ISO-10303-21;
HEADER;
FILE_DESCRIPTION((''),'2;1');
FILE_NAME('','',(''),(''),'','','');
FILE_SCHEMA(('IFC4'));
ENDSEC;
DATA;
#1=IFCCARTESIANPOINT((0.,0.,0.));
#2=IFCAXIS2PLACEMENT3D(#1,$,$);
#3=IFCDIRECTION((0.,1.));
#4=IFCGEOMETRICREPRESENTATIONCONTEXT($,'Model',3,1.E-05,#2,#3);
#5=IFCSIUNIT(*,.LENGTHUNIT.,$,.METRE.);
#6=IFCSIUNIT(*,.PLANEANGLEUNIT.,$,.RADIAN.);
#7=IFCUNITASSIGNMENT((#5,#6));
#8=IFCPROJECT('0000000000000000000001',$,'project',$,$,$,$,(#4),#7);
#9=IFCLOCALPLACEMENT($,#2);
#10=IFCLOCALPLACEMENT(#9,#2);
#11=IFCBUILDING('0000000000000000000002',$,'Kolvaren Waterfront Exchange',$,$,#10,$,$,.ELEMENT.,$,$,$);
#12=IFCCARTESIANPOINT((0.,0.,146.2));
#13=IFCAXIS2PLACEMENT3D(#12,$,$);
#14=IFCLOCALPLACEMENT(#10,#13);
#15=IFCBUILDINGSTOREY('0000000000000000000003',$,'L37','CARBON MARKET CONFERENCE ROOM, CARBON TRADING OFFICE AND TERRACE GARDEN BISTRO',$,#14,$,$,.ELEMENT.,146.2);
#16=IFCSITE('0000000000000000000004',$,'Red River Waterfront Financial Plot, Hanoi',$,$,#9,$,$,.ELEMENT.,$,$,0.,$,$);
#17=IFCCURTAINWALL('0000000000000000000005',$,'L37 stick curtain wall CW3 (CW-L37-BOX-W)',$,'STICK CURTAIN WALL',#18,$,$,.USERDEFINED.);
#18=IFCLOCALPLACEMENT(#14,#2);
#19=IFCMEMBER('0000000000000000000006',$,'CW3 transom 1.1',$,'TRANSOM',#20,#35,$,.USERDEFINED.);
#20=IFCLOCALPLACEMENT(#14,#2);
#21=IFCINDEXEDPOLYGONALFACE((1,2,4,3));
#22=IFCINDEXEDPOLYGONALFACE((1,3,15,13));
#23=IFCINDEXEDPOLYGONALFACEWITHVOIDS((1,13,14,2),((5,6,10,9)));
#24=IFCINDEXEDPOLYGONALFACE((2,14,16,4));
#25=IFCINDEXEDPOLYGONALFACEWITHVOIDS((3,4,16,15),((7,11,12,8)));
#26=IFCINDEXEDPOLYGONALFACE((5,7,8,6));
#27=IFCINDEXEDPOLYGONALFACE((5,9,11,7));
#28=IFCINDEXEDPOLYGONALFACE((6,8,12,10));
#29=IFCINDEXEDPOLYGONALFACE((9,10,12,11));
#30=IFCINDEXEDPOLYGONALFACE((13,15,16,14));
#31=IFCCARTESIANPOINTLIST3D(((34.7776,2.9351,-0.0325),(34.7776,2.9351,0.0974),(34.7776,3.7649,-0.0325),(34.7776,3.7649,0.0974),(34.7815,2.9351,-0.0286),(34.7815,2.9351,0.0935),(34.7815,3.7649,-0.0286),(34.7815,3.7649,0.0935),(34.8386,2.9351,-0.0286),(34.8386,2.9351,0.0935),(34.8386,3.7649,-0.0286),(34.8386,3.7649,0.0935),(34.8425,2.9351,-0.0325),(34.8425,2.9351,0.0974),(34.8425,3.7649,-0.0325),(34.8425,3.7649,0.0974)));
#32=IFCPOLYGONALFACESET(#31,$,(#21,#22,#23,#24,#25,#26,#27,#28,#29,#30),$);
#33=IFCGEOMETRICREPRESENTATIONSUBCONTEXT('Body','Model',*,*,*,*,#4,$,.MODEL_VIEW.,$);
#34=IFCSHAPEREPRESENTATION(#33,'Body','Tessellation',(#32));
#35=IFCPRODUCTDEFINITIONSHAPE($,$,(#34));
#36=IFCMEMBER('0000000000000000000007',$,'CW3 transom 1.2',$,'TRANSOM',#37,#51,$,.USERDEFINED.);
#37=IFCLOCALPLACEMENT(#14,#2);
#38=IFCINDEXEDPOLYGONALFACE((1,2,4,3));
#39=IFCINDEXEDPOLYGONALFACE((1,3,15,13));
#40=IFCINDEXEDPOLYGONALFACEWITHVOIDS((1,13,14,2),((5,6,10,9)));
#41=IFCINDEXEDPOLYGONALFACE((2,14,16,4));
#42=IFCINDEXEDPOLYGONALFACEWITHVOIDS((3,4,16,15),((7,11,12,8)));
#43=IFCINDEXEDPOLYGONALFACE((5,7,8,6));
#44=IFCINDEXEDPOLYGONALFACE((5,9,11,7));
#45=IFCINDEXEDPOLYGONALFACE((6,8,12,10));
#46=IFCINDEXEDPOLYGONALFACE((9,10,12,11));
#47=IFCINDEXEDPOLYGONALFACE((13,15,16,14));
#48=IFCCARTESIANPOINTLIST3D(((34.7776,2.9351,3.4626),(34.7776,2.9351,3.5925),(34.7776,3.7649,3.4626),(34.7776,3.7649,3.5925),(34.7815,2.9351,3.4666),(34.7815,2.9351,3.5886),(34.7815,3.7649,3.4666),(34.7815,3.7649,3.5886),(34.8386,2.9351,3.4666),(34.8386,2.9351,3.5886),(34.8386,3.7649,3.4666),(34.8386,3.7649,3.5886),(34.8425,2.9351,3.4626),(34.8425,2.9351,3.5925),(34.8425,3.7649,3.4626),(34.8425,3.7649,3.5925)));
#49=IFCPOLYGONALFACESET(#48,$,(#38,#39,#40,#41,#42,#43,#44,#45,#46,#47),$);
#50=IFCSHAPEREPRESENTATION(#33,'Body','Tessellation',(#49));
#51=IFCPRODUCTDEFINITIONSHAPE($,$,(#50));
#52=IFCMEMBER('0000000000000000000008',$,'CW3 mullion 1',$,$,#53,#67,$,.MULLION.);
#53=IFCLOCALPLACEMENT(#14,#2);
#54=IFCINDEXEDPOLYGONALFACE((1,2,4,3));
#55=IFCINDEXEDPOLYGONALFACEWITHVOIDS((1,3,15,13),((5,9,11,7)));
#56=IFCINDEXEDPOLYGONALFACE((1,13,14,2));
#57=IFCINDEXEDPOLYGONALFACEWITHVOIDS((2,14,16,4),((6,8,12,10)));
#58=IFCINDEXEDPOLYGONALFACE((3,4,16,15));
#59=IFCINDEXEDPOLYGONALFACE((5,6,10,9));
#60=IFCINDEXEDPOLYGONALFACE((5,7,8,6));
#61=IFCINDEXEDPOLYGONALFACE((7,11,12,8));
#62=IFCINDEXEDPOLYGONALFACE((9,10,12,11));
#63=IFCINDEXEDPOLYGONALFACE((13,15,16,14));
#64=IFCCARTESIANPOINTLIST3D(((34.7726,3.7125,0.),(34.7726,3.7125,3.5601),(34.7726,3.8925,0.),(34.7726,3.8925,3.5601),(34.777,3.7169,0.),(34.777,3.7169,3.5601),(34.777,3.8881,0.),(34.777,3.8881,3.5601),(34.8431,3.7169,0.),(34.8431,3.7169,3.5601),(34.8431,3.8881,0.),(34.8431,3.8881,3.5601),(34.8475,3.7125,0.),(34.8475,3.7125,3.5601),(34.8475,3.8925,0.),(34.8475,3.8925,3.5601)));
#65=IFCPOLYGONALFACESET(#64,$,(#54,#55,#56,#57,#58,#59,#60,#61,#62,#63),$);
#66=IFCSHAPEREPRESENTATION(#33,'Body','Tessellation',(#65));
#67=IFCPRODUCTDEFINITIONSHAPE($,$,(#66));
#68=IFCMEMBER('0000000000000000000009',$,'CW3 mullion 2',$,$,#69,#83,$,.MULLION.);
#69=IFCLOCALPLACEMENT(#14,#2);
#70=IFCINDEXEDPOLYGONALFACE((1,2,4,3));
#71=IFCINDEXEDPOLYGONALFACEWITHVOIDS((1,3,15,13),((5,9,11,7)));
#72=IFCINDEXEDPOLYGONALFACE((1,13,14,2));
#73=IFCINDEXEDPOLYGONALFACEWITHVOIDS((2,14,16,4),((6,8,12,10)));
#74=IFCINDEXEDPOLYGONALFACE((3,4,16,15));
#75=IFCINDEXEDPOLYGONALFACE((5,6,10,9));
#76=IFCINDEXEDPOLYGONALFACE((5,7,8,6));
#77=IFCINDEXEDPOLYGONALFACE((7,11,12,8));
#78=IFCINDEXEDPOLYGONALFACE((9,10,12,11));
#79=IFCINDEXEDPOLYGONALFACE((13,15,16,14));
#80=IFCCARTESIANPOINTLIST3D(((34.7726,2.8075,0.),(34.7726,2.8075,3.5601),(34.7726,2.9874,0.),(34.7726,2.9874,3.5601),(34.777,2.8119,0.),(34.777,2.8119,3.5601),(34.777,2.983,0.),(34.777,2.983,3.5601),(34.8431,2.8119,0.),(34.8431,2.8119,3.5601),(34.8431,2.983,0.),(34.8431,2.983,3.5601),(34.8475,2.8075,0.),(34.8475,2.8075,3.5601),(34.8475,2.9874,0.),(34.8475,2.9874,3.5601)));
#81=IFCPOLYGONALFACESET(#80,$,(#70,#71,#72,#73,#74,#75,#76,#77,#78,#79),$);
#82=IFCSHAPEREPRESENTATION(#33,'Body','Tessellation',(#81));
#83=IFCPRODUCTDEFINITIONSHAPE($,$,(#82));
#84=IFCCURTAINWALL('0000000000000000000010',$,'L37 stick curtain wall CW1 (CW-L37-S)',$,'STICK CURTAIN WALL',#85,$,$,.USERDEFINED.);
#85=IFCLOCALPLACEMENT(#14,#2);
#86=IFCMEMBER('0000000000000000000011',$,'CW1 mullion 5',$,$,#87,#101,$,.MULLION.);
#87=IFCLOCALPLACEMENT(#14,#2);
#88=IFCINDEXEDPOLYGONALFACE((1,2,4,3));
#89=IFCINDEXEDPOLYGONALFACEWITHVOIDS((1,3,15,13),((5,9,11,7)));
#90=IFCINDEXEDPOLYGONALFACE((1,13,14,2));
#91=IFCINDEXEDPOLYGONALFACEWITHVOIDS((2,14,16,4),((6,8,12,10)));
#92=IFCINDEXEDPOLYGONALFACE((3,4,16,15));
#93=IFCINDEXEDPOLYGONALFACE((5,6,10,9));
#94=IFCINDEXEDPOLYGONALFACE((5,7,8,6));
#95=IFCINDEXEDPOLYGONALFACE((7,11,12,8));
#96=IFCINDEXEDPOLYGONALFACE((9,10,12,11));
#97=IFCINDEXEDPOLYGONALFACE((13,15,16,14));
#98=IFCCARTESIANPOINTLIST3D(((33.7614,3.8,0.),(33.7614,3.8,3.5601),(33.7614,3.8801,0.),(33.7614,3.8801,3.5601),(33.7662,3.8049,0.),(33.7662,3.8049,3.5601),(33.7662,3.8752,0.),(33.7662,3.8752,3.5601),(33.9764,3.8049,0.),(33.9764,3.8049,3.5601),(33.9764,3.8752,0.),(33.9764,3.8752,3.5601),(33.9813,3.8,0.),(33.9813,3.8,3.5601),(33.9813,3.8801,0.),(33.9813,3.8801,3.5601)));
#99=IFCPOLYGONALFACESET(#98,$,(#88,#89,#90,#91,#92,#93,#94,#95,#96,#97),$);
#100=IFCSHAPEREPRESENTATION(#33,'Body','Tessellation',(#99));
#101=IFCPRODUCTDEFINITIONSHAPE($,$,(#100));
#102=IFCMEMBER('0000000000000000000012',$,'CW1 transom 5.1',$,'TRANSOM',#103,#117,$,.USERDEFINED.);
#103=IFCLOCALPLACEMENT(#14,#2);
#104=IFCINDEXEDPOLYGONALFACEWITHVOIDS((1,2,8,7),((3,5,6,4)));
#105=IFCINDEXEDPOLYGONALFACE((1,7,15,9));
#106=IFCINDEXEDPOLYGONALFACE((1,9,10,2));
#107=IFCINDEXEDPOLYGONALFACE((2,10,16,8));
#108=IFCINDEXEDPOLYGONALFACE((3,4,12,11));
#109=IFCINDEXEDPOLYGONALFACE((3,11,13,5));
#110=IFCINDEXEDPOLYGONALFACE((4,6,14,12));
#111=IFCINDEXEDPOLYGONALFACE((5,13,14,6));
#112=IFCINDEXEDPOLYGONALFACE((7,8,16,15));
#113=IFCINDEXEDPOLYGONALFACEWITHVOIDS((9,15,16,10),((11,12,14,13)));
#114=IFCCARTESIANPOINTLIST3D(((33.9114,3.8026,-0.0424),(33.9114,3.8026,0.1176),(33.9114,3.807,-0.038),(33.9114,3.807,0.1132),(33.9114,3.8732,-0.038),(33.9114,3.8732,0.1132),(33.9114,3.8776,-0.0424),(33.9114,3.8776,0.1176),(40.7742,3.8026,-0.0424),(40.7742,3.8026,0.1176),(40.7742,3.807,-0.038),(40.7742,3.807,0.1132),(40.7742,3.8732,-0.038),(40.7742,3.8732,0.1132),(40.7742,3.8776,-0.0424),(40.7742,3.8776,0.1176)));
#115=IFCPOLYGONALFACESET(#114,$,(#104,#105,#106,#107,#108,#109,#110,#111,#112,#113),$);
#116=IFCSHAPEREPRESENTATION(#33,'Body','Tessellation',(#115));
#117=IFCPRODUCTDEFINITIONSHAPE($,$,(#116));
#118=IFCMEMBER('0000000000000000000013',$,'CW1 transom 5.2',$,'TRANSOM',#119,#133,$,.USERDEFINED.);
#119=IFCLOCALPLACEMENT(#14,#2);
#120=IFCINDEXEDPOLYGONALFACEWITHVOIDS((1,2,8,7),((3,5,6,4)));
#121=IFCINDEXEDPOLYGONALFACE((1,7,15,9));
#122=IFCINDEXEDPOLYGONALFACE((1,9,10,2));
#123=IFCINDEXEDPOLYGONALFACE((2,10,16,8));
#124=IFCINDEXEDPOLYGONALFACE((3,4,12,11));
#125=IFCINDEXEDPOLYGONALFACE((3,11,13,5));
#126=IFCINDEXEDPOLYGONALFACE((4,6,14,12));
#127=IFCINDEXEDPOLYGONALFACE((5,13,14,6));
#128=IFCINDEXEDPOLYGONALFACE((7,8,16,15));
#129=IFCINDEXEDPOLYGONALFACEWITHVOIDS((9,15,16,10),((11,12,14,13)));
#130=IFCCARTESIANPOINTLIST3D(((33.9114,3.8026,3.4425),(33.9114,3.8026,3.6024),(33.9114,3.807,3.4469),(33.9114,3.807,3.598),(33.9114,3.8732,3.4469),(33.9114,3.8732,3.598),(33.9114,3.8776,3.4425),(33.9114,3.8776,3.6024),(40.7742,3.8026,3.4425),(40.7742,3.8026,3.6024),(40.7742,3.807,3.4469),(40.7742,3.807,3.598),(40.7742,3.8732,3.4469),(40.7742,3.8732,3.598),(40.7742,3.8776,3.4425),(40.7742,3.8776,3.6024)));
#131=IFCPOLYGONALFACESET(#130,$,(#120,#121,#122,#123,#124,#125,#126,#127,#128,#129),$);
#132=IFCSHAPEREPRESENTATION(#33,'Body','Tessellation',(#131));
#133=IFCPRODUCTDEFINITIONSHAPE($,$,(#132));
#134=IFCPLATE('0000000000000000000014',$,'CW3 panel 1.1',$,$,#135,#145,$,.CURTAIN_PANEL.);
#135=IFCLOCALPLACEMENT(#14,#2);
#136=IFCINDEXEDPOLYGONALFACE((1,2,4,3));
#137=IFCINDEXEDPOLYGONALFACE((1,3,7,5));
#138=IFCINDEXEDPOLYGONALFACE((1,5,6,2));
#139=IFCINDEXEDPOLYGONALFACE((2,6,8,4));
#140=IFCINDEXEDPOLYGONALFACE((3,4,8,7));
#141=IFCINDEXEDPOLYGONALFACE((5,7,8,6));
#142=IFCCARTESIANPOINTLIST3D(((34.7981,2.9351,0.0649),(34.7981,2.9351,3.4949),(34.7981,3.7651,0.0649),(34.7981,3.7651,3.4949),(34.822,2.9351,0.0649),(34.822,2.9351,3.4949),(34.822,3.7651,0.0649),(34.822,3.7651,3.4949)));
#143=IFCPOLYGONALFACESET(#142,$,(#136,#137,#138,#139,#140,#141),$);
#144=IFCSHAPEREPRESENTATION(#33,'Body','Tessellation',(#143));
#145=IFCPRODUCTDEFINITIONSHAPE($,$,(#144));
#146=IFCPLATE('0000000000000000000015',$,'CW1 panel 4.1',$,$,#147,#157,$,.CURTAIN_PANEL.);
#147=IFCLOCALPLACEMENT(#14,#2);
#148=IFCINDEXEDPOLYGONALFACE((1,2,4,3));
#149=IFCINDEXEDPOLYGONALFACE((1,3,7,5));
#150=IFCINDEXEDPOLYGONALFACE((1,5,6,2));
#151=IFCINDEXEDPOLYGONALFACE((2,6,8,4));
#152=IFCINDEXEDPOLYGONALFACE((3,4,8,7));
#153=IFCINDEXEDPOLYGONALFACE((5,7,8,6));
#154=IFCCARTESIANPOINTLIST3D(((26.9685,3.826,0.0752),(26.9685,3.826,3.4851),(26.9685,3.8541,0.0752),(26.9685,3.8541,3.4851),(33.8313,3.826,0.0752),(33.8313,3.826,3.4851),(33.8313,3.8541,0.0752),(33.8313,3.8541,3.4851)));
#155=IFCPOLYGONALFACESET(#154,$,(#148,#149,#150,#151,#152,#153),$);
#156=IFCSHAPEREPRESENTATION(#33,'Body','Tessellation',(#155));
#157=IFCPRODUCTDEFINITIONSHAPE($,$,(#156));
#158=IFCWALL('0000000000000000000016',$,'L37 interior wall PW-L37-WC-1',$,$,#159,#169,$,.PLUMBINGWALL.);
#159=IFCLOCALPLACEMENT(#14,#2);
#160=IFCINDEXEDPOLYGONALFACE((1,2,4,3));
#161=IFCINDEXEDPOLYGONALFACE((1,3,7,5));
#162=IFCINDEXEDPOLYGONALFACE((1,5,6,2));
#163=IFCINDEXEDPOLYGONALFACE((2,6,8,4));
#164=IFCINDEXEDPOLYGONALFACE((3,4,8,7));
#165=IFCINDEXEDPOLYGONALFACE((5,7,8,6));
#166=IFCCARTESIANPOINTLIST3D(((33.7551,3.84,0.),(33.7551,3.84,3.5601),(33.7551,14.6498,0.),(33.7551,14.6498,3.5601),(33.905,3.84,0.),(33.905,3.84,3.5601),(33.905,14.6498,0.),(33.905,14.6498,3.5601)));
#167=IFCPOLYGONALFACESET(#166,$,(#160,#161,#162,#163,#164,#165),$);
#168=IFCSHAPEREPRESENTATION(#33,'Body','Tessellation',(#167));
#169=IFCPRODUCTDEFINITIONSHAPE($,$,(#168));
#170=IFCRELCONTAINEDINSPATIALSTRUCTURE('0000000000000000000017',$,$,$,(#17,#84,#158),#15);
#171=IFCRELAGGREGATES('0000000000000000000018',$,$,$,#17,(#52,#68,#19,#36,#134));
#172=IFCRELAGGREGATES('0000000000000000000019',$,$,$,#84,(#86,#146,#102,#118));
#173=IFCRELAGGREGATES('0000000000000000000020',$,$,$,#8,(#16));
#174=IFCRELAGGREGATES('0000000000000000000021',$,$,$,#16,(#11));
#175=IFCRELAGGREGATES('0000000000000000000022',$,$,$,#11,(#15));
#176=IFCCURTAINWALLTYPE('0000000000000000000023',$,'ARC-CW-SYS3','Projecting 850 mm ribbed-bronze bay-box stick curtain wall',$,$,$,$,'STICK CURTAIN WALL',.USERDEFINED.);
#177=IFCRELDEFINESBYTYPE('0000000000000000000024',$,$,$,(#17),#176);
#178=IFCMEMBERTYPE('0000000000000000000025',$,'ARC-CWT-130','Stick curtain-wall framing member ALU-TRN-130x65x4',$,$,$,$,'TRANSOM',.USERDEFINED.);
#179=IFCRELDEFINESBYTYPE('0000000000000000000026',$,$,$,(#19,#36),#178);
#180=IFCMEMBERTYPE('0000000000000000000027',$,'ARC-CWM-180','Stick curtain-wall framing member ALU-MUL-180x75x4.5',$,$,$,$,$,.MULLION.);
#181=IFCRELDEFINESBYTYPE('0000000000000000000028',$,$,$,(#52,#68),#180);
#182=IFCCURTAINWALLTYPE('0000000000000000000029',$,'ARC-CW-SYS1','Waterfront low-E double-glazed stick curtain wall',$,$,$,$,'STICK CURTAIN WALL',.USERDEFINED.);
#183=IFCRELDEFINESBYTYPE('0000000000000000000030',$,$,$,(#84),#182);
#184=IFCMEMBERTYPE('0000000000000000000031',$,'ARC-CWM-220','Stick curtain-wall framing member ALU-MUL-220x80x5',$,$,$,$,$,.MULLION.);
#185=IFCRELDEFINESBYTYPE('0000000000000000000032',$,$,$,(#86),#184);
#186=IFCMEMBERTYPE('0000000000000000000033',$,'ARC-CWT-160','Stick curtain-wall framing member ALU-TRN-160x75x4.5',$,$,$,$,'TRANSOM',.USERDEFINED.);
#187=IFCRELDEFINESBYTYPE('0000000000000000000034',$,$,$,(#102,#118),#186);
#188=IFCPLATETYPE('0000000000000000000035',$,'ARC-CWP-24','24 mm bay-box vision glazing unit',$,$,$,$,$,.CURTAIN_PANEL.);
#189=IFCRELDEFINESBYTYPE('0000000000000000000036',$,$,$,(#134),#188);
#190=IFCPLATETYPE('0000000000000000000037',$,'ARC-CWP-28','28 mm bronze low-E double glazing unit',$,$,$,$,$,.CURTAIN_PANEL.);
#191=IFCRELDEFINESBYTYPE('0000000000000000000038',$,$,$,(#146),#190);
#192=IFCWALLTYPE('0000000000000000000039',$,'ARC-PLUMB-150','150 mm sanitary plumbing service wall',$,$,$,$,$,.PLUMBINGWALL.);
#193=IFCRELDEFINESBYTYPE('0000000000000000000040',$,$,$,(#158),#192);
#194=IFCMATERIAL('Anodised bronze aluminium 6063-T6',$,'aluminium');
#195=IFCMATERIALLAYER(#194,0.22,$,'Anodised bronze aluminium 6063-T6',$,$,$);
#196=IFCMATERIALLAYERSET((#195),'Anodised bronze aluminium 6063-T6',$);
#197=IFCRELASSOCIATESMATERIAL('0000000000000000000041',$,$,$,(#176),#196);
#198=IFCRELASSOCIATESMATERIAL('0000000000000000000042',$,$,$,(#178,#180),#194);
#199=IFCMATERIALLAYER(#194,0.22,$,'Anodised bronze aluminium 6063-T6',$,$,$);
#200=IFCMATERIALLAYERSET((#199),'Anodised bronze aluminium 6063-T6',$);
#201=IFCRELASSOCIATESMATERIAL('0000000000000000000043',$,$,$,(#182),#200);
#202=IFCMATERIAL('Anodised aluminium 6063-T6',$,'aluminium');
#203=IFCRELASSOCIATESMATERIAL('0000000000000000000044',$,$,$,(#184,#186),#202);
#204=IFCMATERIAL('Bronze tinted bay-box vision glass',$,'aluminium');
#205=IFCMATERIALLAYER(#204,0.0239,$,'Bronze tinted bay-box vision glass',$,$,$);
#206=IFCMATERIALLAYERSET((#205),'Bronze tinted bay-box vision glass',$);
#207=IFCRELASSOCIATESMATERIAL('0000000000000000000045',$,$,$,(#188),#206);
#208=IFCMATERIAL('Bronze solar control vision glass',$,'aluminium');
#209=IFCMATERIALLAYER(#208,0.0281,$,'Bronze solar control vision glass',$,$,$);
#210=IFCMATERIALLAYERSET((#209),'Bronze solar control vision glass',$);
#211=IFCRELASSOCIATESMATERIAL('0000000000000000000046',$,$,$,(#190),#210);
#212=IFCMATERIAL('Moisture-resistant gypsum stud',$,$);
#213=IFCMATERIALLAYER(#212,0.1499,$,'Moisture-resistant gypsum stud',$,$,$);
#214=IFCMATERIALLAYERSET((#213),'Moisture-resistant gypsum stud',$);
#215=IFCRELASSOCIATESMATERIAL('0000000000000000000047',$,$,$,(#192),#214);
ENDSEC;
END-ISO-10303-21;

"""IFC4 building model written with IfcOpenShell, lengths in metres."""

from ifc_helpers import new_model, si_unit, direction, frame, frame_2d, origin, origin_with_axes, origin_2d, place, context, subcontext, project, spatial, rectangle, hollow_rectangle, extrude, source, transform, mapped, material, layer, layer_set, material_profile, profile_set, type_object, element, aggregate, save


model = new_model("IFC4")

# Units and contexts
model_context = context("Model", 3, precision=1e-05, world=origin(), true_north=direction((0.0, 1.0)))
body_context = subcontext(model_context, "Body", "Model", "MODEL_VIEW")
ifc_project = project(units=[si_unit("LENGTHUNIT", "METRE"), si_unit("PLANEANGLEUNIT", "RADIAN")], contexts=[model_context])

# Site, building, storey
site_placement = place(None, origin())
site = spatial("IfcSite", under=ifc_project, at=site_placement, Name="Red River Waterfront Financial Plot, Hanoi", CompositionType="ELEMENT", RefElevation=0.0)
building_placement = place(site_placement, origin())
building = spatial("IfcBuilding", under=site, at=building_placement, Name="Kolvaren Waterfront Exchange", CompositionType="ELEMENT")
storey_placement = place(building_placement, frame((0.0, 0.0, 146.2)))
storey = spatial("IfcBuildingStorey", under=building, at=storey_placement, Name="L37", Description="CARBON MARKET CONFERENCE ROOM, CARBON TRADING OFFICE AND TERRACE GARDEN BISTRO", CompositionType="ELEMENT", Elevation=146.2)

# Curtain walls, members
ifc_material_1 = material(Name="Anodised bronze aluminium 6063-T6", Category="aluminium")
ifc_layer_1 = layer(ifc_material_1, 0.22, Name="Anodised bronze aluminium 6063-T6")
ifc_layer_set_1 = layer_set([ifc_layer_1], Name="Anodised bronze aluminium 6063-T6")
curtain_wall_type_1 = type_object("IfcCurtainWallType", Name="ARC-CW-SYS3", Description="Projecting 850 mm ribbed-bronze bay-box stick curtain wall", ElementType="STICK CURTAIN WALL", PredefinedType="USERDEFINED", material=ifc_layer_set_1)
curtain_wall_1_placement = place(storey_placement, origin())
curtain_wall_1 = element("IfcCurtainWall", 1, at=curtain_wall_1_placement, inside=storey, type_object=curtain_wall_type_1, Name="L37 stick curtain wall CW3 (CW-L37-BOX-W)", ObjectType="STICK CURTAIN WALL", PredefinedType="USERDEFINED")
ifc_material_profile_1 = material_profile(ifc_material_1, hollow_rectangle(XDim=0.0649, YDim=0.1299, WallThickness=0.0039, at=origin_2d()), Name="ALU-TRN-130x65x4")
ifc_profile_set_1 = profile_set([ifc_material_profile_1], Name="Anodised bronze aluminium 6063-T6")
member_type_1 = type_object("IfcMemberType", Name="ARC-CWT-130", Description="Stick curtain-wall framing member ALU-TRN-130x65x4", ElementType="TRANSOM", PredefinedType="USERDEFINED", material=ifc_profile_set_1)
shared_shape_1 = source(origin_with_axes(), body_context, "Body", "SweptSolid", [
    extrude(hollow_rectangle(XDim=0.0649, YDim=0.1299, WallThickness=0.0039, at=origin_2d()), origin(), (0.0, 0.0, 1.0), 0.8298),
])
member_1_placement = place(storey_placement, frame((34.8101, 3.7649, 0.0325), z_axis=(0.0, -1.0, 0.0), x_axis=(1.0, 0.0, 0.0)))
member_1 = element("IfcMember", 2, at=member_1_placement, type_object=member_type_1, Name="CW3 transom 1.1", ObjectType="TRANSOM", PredefinedType="USERDEFINED", context=body_context, shape_type="MappedRepresentation", body=[
    mapped(shared_shape_1, transform((0.0, 0.0, 0.0), x_axis=(1.0, 0.0, 0.0), y_axis=(0.0, 1.0, 0.0), z_axis=(0.0, 0.0, 1.0), scale=1.0)),
])
member_2_placement = place(storey_placement, frame((34.8101, 3.7649, 3.5276), z_axis=(0.0, -1.0, 0.0), x_axis=(1.0, 0.0, 0.0)))
member_2 = element("IfcMember", 3, at=member_2_placement, type_object=member_type_1, Name="CW3 transom 1.2", ObjectType="TRANSOM", PredefinedType="USERDEFINED", context=body_context, shape_type="MappedRepresentation", body=[
    mapped(shared_shape_1, transform((0.0, 0.0, 0.0), x_axis=(1.0, 0.0, 0.0), y_axis=(0.0, 1.0, 0.0), z_axis=(0.0, 0.0, 1.0), scale=1.0)),
])
ifc_material_profile_2 = material_profile(ifc_material_1, hollow_rectangle(XDim=0.075, YDim=0.1799, WallThickness=0.0044, at=origin_2d()), Name="ALU-MUL-180x75x4.5")
ifc_profile_set_2 = profile_set([ifc_material_profile_2], Name="Anodised bronze aluminium 6063-T6")
member_type_2 = type_object("IfcMemberType", Name="ARC-CWM-180", Description="Stick curtain-wall framing member ALU-MUL-180x75x4.5", PredefinedType="MULLION", material=ifc_profile_set_2)
shared_shape_2 = source(origin_with_axes(), body_context, "Body", "SweptSolid", [
    extrude(hollow_rectangle(XDim=0.075, YDim=0.1799, WallThickness=0.0044, at=origin_2d()), origin(), (0.0, 0.0, 1.0), 3.5601),
])
member_3_placement = place(storey_placement, frame((34.8101, 3.8025, 0.0), z_axis=(0.0, 0.0, 1.0), x_axis=(1.0, 0.0, 0.0)))
member_3 = element("IfcMember", 4, at=member_3_placement, type_object=member_type_2, Name="CW3 mullion 1", PredefinedType="MULLION", context=body_context, shape_type="MappedRepresentation", body=[
    mapped(shared_shape_2, transform((0.0, 0.0, 0.0), x_axis=(1.0, 0.0, 0.0), y_axis=(0.0, 1.0, 0.0), z_axis=(0.0, 0.0, 1.0), scale=1.0)),
])
member_4_placement = place(storey_placement, frame((34.8101, 2.8975, 0.0), z_axis=(0.0, 0.0, 1.0), x_axis=(1.0, 0.0, 0.0)))
member_4 = element("IfcMember", 5, at=member_4_placement, type_object=member_type_2, Name="CW3 mullion 2", PredefinedType="MULLION", context=body_context, shape_type="MappedRepresentation", body=[
    mapped(shared_shape_2, transform((0.0, 0.0, 0.0), x_axis=(1.0, 0.0, 0.0), y_axis=(0.0, 1.0, 0.0), z_axis=(0.0, 0.0, 1.0), scale=1.0)),
])
ifc_layer_2 = layer(ifc_material_1, 0.22, Name="Anodised bronze aluminium 6063-T6")
ifc_layer_set_2 = layer_set([ifc_layer_2], Name="Anodised bronze aluminium 6063-T6")
curtain_wall_type_2 = type_object("IfcCurtainWallType", Name="ARC-CW-SYS1", Description="Waterfront low-E double-glazed stick curtain wall", ElementType="STICK CURTAIN WALL", PredefinedType="USERDEFINED", material=ifc_layer_set_2)
curtain_wall_2_placement = place(storey_placement, origin())
curtain_wall_2 = element("IfcCurtainWall", 6, at=curtain_wall_2_placement, inside=storey, type_object=curtain_wall_type_2, Name="L37 stick curtain wall CW1 (CW-L37-S)", ObjectType="STICK CURTAIN WALL", PredefinedType="USERDEFINED")
ifc_material_2 = material(Name="Anodised aluminium 6063-T6", Category="aluminium")
ifc_material_profile_3 = material_profile(ifc_material_2, hollow_rectangle(XDim=0.0801, YDim=0.22, WallThickness=0.0049, at=origin_2d()), Name="ALU-MUL-220x80x5")
ifc_profile_set_3 = profile_set([ifc_material_profile_3], Name="Anodised aluminium 6063-T6")
member_type_3 = type_object("IfcMemberType", Name="ARC-CWM-220", Description="Stick curtain-wall framing member ALU-MUL-220x80x5", PredefinedType="MULLION", material=ifc_profile_set_3)
shared_shape_3 = source(origin_with_axes(), body_context, "Body", "SweptSolid", [
    extrude(hollow_rectangle(XDim=0.0801, YDim=0.22, WallThickness=0.0049, at=origin_2d()), origin(), (0.0, 0.0, 1.0), 3.5601),
])
member_5_placement = place(storey_placement, frame((33.8713, 3.8401, 0.0), z_axis=(0.0, 0.0, 1.0), x_axis=(0.0, 1.0, 0.0)))
member_5 = element("IfcMember", 7, at=member_5_placement, type_object=member_type_3, Name="CW1 mullion 5", PredefinedType="MULLION", context=body_context, shape_type="MappedRepresentation", body=[
    mapped(shared_shape_3, transform((0.0, 0.0, 0.0), x_axis=(1.0, 0.0, 0.0), y_axis=(0.0, 1.0, 0.0), z_axis=(0.0, 0.0, 1.0), scale=1.0)),
])
ifc_material_profile_4 = material_profile(ifc_material_2, hollow_rectangle(XDim=0.075, YDim=0.1599, WallThickness=0.0044, at=origin_2d()), Name="ALU-TRN-160x75x4.5")
ifc_profile_set_4 = profile_set([ifc_material_profile_4], Name="Anodised aluminium 6063-T6")
member_type_4 = type_object("IfcMemberType", Name="ARC-CWT-160", Description="Stick curtain-wall framing member ALU-TRN-160x75x4.5", ElementType="TRANSOM", PredefinedType="USERDEFINED", material=ifc_profile_set_4)
shared_shape_4 = source(origin_with_axes(), body_context, "Body", "SweptSolid", [
    extrude(hollow_rectangle(XDim=0.075, YDim=0.1599, WallThickness=0.0044, at=origin_2d()), origin(), (0.0, 0.0, 1.0), 6.8628),
])
member_6_placement = place(storey_placement, frame((33.9114, 3.8401, 0.0376), z_axis=(1.0, 0.0, 0.0), x_axis=(0.0, 1.0, 0.0)))
member_6 = element("IfcMember", 8, at=member_6_placement, type_object=member_type_4, Name="CW1 transom 5.1", ObjectType="TRANSOM", PredefinedType="USERDEFINED", context=body_context, shape_type="MappedRepresentation", body=[
    mapped(shared_shape_4, transform((0.0, 0.0, 0.0), x_axis=(1.0, 0.0, 0.0), y_axis=(0.0, 1.0, 0.0), z_axis=(0.0, 0.0, 1.0), scale=1.0)),
])
member_7_placement = place(storey_placement, frame((33.9114, 3.8401, 3.5225), z_axis=(1.0, 0.0, 0.0), x_axis=(0.0, 1.0, 0.0)))
member_7 = element("IfcMember", 9, at=member_7_placement, type_object=member_type_4, Name="CW1 transom 5.2", ObjectType="TRANSOM", PredefinedType="USERDEFINED", context=body_context, shape_type="MappedRepresentation", body=[
    mapped(shared_shape_4, transform((0.0, 0.0, 0.0), x_axis=(1.0, 0.0, 0.0), y_axis=(0.0, 1.0, 0.0), z_axis=(0.0, 0.0, 1.0), scale=1.0)),
])

# Plates
ifc_material_3 = material(Name="Bronze tinted bay-box vision glass", Category="aluminium")
ifc_layer_3 = layer(ifc_material_3, 0.0239, Name="Bronze tinted bay-box vision glass")
ifc_layer_set_3 = layer_set([ifc_layer_3], Name="Bronze tinted bay-box vision glass")
plate_type_1 = type_object("IfcPlateType", Name="ARC-CWP-24", Description="24 mm bay-box vision glazing unit", PredefinedType="CURTAIN_PANEL", material=ifc_layer_set_3)
shared_shape_5 = source(origin_with_axes(), body_context, "Body", "SweptSolid", [
    extrude(rectangle(XDim=0.8301, YDim=0.0239, at=origin_2d()), origin(), (0.0, 0.0, 1.0), 3.4299),
])
plate_1_placement = place(storey_placement, frame((34.8101, 3.3501, 0.0649), z_axis=(0.0, 0.0, 1.0), x_axis=(0.0, -1.0, 0.0)))
plate_1 = element("IfcPlate", 10, at=plate_1_placement, type_object=plate_type_1, Name="CW3 panel 1.1", PredefinedType="CURTAIN_PANEL", context=body_context, shape_type="MappedRepresentation", body=[
    mapped(shared_shape_5, transform((0.0, 0.0, 0.0), x_axis=(1.0, 0.0, 0.0), y_axis=(0.0, 1.0, 0.0), z_axis=(0.0, 0.0, 1.0), scale=1.0)),
])
aggregate(curtain_wall_1, [member_3, member_4, member_1, member_2, plate_1])
ifc_material_4 = material(Name="Bronze solar control vision glass", Category="aluminium")
ifc_layer_4 = layer(ifc_material_4, 0.0281, Name="Bronze solar control vision glass")
ifc_layer_set_4 = layer_set([ifc_layer_4], Name="Bronze solar control vision glass")
plate_type_2 = type_object("IfcPlateType", Name="ARC-CWP-28", Description="28 mm bronze low-E double glazing unit", PredefinedType="CURTAIN_PANEL", material=ifc_layer_set_4)
shared_shape_6 = source(origin_with_axes(), body_context, "Body", "SweptSolid", [
    extrude(rectangle(XDim=6.8628, YDim=0.0281, at=origin_2d()), origin(), (0.0, 0.0, 1.0), 3.4099),
])
plate_2_placement = place(storey_placement, frame((30.3999, 3.8401, 0.0752), z_axis=(0.0, 0.0, 1.0), x_axis=(1.0, 0.0, 0.0)))
plate_2 = element("IfcPlate", 11, at=plate_2_placement, type_object=plate_type_2, Name="CW1 panel 4.1", PredefinedType="CURTAIN_PANEL", context=body_context, shape_type="MappedRepresentation", body=[
    mapped(shared_shape_6, transform((0.0, 0.0, 0.0), x_axis=(1.0, 0.0, 0.0), y_axis=(0.0, 1.0, 0.0), z_axis=(0.0, 0.0, 1.0), scale=1.0)),
])
aggregate(curtain_wall_2, [member_5, plate_2, member_6, member_7])

# Wall
ifc_material_5 = material(Name="Moisture-resistant gypsum stud")
ifc_layer_5 = layer(ifc_material_5, 0.1499, Name="Moisture-resistant gypsum stud")
ifc_layer_set_5 = layer_set([ifc_layer_5], Name="Moisture-resistant gypsum stud")
wall_type_1 = type_object("IfcWallType", Name="ARC-PLUMB-150", Description="150 mm sanitary plumbing service wall", PredefinedType="PLUMBINGWALL", material=ifc_layer_set_5)
wall_1_placement = place(storey_placement, frame((33.8301, 3.8401, 0.0), z_axis=(0.0, 0.0, 1.0), x_axis=(0.0, 1.0, 0.0)))
element("IfcWall", 12, at=wall_1_placement, inside=storey, type_object=wall_type_1, Name="L37 interior wall PW-L37-WC-1", PredefinedType="PLUMBINGWALL", context=body_context, shape_type="SweptSolid", body=[
    extrude(rectangle(XDim=10.8098, YDim=0.1499, at=frame_2d((5.4048, 0.0))), origin(), (0.0, 0.0, 1.0), 3.5601),
])

save(model, "model.ifc")
